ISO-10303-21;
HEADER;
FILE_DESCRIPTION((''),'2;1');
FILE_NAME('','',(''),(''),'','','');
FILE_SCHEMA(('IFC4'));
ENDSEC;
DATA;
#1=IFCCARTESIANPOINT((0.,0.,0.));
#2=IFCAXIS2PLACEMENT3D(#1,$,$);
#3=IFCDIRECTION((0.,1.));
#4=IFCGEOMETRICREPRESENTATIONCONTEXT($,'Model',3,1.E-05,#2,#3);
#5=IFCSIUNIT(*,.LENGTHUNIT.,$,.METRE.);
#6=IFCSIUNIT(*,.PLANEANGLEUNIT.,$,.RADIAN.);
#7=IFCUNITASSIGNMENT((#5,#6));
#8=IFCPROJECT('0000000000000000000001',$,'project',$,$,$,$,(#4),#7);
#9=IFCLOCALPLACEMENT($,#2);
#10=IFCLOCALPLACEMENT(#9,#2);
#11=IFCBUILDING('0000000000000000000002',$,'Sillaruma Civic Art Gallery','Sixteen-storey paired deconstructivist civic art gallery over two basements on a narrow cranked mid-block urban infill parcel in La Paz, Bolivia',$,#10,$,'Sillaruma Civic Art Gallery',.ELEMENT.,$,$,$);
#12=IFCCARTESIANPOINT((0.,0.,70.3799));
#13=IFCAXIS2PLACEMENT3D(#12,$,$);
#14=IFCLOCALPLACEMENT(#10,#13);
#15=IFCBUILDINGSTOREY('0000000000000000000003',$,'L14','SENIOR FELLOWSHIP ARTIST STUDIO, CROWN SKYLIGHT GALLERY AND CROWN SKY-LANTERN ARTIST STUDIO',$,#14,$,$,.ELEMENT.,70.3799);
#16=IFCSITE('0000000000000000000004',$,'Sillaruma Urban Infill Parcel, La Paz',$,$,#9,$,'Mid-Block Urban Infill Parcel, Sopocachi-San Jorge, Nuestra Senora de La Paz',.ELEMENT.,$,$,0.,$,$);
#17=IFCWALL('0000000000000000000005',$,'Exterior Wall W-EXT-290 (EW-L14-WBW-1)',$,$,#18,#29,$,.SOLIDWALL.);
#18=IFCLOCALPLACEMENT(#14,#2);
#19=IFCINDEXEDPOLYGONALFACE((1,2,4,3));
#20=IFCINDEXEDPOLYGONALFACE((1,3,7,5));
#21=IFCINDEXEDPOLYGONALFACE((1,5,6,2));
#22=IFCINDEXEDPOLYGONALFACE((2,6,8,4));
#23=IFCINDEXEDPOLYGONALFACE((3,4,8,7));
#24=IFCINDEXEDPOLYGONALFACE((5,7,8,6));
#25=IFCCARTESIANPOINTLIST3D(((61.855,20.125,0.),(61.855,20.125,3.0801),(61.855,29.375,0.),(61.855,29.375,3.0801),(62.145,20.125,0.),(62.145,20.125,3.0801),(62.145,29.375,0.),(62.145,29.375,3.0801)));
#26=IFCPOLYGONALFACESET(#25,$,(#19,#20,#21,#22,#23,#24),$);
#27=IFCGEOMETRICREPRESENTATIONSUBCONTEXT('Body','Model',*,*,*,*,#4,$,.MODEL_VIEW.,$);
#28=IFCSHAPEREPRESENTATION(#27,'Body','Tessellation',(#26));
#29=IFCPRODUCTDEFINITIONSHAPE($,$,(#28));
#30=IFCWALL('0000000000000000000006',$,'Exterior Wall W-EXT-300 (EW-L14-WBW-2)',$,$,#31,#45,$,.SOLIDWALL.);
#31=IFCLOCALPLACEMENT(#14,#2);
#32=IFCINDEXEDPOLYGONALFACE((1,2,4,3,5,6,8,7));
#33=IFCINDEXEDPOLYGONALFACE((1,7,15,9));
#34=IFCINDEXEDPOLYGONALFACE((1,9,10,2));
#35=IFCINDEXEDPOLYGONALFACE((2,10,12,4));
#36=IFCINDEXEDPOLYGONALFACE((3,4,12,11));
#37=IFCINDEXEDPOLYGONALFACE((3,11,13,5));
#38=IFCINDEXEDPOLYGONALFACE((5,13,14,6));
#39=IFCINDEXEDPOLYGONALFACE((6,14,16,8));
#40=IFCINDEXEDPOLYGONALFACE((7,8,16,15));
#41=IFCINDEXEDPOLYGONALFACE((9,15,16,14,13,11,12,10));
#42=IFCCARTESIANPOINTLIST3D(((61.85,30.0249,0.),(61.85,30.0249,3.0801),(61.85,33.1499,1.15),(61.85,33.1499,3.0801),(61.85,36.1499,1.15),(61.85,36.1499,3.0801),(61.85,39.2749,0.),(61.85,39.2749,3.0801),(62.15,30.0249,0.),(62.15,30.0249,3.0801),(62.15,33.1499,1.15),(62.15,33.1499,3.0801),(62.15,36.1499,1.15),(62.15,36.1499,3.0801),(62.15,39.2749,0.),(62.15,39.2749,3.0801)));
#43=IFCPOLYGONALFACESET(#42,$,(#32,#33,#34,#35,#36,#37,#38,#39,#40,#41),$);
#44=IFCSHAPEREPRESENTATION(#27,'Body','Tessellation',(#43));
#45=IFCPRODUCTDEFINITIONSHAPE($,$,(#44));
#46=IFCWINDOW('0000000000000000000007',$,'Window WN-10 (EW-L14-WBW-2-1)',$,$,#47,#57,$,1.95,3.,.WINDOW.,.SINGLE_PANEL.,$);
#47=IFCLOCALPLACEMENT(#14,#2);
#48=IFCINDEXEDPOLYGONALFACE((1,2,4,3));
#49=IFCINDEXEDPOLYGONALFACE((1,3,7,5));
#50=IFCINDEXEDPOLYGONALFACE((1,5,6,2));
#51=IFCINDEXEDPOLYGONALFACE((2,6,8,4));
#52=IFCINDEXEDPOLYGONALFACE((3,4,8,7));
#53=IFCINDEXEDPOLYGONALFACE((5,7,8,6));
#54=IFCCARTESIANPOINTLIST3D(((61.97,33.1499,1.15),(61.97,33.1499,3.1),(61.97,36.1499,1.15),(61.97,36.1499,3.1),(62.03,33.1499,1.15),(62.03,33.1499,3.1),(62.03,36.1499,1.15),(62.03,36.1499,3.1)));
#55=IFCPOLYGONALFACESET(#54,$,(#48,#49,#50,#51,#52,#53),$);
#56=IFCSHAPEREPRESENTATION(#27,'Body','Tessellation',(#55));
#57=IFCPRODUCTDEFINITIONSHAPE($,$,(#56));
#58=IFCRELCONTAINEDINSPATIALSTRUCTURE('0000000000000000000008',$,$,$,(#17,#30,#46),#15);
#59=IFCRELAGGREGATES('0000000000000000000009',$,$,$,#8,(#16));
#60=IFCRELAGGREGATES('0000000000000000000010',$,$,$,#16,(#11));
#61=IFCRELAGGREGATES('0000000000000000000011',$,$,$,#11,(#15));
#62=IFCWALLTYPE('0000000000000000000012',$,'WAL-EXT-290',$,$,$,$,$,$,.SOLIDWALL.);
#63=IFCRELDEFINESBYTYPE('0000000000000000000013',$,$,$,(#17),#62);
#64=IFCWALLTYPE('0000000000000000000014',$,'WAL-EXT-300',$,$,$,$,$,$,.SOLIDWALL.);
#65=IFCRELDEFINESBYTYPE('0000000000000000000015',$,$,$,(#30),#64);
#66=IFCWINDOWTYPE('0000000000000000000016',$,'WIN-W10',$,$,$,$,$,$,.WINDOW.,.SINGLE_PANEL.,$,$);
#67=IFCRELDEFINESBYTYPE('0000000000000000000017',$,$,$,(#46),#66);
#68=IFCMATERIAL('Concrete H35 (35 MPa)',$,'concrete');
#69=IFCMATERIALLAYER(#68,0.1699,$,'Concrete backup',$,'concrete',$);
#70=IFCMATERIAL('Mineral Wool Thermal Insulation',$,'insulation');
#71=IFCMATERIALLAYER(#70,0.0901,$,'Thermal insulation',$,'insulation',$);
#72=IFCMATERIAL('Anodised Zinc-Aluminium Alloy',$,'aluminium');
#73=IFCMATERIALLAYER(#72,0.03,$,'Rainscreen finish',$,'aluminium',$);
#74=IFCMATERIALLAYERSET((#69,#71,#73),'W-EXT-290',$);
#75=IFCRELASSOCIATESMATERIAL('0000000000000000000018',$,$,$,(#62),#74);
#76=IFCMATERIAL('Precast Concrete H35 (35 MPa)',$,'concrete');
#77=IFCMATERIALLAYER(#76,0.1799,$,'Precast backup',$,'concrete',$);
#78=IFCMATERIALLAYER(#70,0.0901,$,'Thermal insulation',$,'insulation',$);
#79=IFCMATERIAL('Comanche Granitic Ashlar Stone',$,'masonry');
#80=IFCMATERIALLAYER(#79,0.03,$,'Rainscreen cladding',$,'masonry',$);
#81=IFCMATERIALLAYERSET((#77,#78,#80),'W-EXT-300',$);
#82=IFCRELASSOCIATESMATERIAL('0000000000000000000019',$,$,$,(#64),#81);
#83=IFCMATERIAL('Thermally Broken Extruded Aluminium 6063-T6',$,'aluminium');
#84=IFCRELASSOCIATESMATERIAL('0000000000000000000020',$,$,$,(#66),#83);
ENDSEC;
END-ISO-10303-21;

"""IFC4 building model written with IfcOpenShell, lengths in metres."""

from ifc_helpers import new_model, si_unit, direction, frame, frame_2d, origin, place, context, subcontext, project, spatial, rectangle, extrude, material, layer, layer_set, type_object, element, fill, save


model = new_model("IFC4")

# Units and contexts
model_context = context("Model", 3, precision=1e-05, world=origin(), true_north=direction((0.0, 1.0)))
body_context = subcontext(model_context, "Body", "Model", "MODEL_VIEW")
ifc_project = project(units=[si_unit("LENGTHUNIT", "METRE"), si_unit("PLANEANGLEUNIT", "RADIAN")], contexts=[model_context])

# Site, building, storey
site_placement = place(None, origin())
site = spatial("IfcSite", under=ifc_project, at=site_placement, Name="Sillaruma Urban Infill Parcel, La Paz", LongName="Mid-Block Urban Infill Parcel, Sopocachi-San Jorge, Nuestra Senora de La Paz", CompositionType="ELEMENT", RefElevation=0.0)
building_placement = place(site_placement, origin())
building = spatial("IfcBuilding", under=site, at=building_placement, Name="Sillaruma Civic Art Gallery", Description="Sixteen-storey paired deconstructivist civic art gallery over two basements on a narrow cranked mid-block urban infill parcel in La Paz, Bolivia", LongName="Sillaruma Civic Art Gallery", CompositionType="ELEMENT")
storey_placement = place(building_placement, frame((0.0, 0.0, 70.3799)))
storey = spatial("IfcBuildingStorey", under=building, at=storey_placement, Name="L14", Description="SENIOR FELLOWSHIP ARTIST STUDIO, CROWN SKYLIGHT GALLERY AND CROWN SKY-LANTERN ARTIST STUDIO", CompositionType="ELEMENT", Elevation=70.3799)

# Shared definitions
ifc_material_1 = material(Name="Concrete H35 (35 MPa)", Category="concrete")

# Shared definitions
ifc_material_2 = material(Name="Thermally Broken Extruded Aluminium 6063-T6", Category="aluminium")

# Wall
ifc_layer_1 = layer(ifc_material_1, 0.1699, Name="Concrete backup", Category="concrete")
ifc_material_3 = material(Name="Mineral Wool Thermal Insulation", Category="insulation")
ifc_layer_2 = layer(ifc_material_3, 0.0901, Name="Thermal insulation", Category="insulation")
ifc_material_4 = material(Name="Anodised Zinc-Aluminium Alloy", Category="aluminium")
ifc_layer_3 = layer(ifc_material_4, 0.03, Name="Rainscreen finish", Category="aluminium")
ifc_layer_set_1 = layer_set([ifc_layer_1, ifc_layer_2, ifc_layer_3], Name="W-EXT-290")
wall_type_1 = type_object("IfcWallType", Name="WAL-EXT-290", PredefinedType="SOLIDWALL", material=ifc_layer_set_1)
wall_1_placement = place(storey_placement, frame((62.0, 20.125, 0.0), z_axis=(0.0, 0.0, 1.0), x_axis=(0.0, 1.0, 0.0)))
element("IfcWall", 1, at=wall_1_placement, inside=storey, type_object=wall_type_1, Name="Exterior Wall W-EXT-290 (EW-L14-WBW-1)", PredefinedType="SOLIDWALL", context=body_context, shape_type="SweptSolid", body=[
    extrude(rectangle(XDim=9.25, YDim=0.29, at=frame_2d((4.625, 0.0))), origin(), (0.0, 0.0, 1.0), 3.0801),
])

# Wall, opening, window
ifc_material_5 = material(Name="Precast Concrete H35 (35 MPa)", Category="concrete")
ifc_layer_4 = layer(ifc_material_5, 0.1799, Name="Precast backup", Category="concrete")
ifc_layer_5 = layer(ifc_material_3, 0.0901, Name="Thermal insulation", Category="insulation")
ifc_material_6 = material(Name="Comanche Granitic Ashlar Stone", Category="masonry")
ifc_layer_6 = layer(ifc_material_6, 0.03, Name="Rainscreen cladding", Category="masonry")
ifc_layer_set_2 = layer_set([ifc_layer_4, ifc_layer_5, ifc_layer_6], Name="W-EXT-300")
wall_type_2 = type_object("IfcWallType", Name="WAL-EXT-300", PredefinedType="SOLIDWALL", material=ifc_layer_set_2)
wall_2_placement = place(storey_placement, frame((62.0, 30.0249, 0.0), z_axis=(0.0, 0.0, 1.0), x_axis=(0.0, 1.0, 0.0)))
wall_2 = element("IfcWall", 2, at=wall_2_placement, inside=storey, type_object=wall_type_2, Name="Exterior Wall W-EXT-300 (EW-L14-WBW-2)", PredefinedType="SOLIDWALL", context=body_context, shape_type="SweptSolid", body=[
    extrude(rectangle(XDim=9.25, YDim=0.3, at=frame_2d((4.625, 0.0))), origin(), (0.0, 0.0, 1.0), 3.0801),
])
opening_placement = place(wall_2_placement, frame((3.125, 0.0, 1.1499)))
opening = element("IfcOpeningElement", 3, at=opening_placement, cuts=wall_2, PredefinedType="OPENING", context=body_context, shape_type="SweptSolid", body=[
    extrude(rectangle(XDim=3.0, YDim=1.95, at=frame_2d((1.5, 0.9751))), frame((0.0, 0.1599, 0.0), z_axis=(0.0, -1.0, 0.0), x_axis=(1.0, 0.0, 0.0)), (0.0, 0.0, 1.0), 0.3201),
])
window_type = type_object("IfcWindowType", Name="WIN-W10", PartitioningType="SINGLE_PANEL", PredefinedType="WINDOW", material=ifc_material_2)
window_placement = place(opening_placement, origin())
window = element("IfcWindow", 4, at=window_placement, inside=storey, type_object=window_type, Name="Window WN-10 (EW-L14-WBW-2-1)", OverallHeight=1.95, OverallWidth=3.0, PartitioningType="SINGLE_PANEL", PredefinedType="WINDOW", context=body_context, shape_type="SweptSolid", body=[
    extrude(rectangle(XDim=3.0, YDim=1.95, at=frame_2d((1.5, 0.9751))), frame((0.0, 0.03, 0.0), z_axis=(0.0, -1.0, 0.0), x_axis=(1.0, 0.0, 0.0)), (0.0, 0.0, 1.0), 0.0601),
])
fill(opening, window)

save(model, "model.ifc")
